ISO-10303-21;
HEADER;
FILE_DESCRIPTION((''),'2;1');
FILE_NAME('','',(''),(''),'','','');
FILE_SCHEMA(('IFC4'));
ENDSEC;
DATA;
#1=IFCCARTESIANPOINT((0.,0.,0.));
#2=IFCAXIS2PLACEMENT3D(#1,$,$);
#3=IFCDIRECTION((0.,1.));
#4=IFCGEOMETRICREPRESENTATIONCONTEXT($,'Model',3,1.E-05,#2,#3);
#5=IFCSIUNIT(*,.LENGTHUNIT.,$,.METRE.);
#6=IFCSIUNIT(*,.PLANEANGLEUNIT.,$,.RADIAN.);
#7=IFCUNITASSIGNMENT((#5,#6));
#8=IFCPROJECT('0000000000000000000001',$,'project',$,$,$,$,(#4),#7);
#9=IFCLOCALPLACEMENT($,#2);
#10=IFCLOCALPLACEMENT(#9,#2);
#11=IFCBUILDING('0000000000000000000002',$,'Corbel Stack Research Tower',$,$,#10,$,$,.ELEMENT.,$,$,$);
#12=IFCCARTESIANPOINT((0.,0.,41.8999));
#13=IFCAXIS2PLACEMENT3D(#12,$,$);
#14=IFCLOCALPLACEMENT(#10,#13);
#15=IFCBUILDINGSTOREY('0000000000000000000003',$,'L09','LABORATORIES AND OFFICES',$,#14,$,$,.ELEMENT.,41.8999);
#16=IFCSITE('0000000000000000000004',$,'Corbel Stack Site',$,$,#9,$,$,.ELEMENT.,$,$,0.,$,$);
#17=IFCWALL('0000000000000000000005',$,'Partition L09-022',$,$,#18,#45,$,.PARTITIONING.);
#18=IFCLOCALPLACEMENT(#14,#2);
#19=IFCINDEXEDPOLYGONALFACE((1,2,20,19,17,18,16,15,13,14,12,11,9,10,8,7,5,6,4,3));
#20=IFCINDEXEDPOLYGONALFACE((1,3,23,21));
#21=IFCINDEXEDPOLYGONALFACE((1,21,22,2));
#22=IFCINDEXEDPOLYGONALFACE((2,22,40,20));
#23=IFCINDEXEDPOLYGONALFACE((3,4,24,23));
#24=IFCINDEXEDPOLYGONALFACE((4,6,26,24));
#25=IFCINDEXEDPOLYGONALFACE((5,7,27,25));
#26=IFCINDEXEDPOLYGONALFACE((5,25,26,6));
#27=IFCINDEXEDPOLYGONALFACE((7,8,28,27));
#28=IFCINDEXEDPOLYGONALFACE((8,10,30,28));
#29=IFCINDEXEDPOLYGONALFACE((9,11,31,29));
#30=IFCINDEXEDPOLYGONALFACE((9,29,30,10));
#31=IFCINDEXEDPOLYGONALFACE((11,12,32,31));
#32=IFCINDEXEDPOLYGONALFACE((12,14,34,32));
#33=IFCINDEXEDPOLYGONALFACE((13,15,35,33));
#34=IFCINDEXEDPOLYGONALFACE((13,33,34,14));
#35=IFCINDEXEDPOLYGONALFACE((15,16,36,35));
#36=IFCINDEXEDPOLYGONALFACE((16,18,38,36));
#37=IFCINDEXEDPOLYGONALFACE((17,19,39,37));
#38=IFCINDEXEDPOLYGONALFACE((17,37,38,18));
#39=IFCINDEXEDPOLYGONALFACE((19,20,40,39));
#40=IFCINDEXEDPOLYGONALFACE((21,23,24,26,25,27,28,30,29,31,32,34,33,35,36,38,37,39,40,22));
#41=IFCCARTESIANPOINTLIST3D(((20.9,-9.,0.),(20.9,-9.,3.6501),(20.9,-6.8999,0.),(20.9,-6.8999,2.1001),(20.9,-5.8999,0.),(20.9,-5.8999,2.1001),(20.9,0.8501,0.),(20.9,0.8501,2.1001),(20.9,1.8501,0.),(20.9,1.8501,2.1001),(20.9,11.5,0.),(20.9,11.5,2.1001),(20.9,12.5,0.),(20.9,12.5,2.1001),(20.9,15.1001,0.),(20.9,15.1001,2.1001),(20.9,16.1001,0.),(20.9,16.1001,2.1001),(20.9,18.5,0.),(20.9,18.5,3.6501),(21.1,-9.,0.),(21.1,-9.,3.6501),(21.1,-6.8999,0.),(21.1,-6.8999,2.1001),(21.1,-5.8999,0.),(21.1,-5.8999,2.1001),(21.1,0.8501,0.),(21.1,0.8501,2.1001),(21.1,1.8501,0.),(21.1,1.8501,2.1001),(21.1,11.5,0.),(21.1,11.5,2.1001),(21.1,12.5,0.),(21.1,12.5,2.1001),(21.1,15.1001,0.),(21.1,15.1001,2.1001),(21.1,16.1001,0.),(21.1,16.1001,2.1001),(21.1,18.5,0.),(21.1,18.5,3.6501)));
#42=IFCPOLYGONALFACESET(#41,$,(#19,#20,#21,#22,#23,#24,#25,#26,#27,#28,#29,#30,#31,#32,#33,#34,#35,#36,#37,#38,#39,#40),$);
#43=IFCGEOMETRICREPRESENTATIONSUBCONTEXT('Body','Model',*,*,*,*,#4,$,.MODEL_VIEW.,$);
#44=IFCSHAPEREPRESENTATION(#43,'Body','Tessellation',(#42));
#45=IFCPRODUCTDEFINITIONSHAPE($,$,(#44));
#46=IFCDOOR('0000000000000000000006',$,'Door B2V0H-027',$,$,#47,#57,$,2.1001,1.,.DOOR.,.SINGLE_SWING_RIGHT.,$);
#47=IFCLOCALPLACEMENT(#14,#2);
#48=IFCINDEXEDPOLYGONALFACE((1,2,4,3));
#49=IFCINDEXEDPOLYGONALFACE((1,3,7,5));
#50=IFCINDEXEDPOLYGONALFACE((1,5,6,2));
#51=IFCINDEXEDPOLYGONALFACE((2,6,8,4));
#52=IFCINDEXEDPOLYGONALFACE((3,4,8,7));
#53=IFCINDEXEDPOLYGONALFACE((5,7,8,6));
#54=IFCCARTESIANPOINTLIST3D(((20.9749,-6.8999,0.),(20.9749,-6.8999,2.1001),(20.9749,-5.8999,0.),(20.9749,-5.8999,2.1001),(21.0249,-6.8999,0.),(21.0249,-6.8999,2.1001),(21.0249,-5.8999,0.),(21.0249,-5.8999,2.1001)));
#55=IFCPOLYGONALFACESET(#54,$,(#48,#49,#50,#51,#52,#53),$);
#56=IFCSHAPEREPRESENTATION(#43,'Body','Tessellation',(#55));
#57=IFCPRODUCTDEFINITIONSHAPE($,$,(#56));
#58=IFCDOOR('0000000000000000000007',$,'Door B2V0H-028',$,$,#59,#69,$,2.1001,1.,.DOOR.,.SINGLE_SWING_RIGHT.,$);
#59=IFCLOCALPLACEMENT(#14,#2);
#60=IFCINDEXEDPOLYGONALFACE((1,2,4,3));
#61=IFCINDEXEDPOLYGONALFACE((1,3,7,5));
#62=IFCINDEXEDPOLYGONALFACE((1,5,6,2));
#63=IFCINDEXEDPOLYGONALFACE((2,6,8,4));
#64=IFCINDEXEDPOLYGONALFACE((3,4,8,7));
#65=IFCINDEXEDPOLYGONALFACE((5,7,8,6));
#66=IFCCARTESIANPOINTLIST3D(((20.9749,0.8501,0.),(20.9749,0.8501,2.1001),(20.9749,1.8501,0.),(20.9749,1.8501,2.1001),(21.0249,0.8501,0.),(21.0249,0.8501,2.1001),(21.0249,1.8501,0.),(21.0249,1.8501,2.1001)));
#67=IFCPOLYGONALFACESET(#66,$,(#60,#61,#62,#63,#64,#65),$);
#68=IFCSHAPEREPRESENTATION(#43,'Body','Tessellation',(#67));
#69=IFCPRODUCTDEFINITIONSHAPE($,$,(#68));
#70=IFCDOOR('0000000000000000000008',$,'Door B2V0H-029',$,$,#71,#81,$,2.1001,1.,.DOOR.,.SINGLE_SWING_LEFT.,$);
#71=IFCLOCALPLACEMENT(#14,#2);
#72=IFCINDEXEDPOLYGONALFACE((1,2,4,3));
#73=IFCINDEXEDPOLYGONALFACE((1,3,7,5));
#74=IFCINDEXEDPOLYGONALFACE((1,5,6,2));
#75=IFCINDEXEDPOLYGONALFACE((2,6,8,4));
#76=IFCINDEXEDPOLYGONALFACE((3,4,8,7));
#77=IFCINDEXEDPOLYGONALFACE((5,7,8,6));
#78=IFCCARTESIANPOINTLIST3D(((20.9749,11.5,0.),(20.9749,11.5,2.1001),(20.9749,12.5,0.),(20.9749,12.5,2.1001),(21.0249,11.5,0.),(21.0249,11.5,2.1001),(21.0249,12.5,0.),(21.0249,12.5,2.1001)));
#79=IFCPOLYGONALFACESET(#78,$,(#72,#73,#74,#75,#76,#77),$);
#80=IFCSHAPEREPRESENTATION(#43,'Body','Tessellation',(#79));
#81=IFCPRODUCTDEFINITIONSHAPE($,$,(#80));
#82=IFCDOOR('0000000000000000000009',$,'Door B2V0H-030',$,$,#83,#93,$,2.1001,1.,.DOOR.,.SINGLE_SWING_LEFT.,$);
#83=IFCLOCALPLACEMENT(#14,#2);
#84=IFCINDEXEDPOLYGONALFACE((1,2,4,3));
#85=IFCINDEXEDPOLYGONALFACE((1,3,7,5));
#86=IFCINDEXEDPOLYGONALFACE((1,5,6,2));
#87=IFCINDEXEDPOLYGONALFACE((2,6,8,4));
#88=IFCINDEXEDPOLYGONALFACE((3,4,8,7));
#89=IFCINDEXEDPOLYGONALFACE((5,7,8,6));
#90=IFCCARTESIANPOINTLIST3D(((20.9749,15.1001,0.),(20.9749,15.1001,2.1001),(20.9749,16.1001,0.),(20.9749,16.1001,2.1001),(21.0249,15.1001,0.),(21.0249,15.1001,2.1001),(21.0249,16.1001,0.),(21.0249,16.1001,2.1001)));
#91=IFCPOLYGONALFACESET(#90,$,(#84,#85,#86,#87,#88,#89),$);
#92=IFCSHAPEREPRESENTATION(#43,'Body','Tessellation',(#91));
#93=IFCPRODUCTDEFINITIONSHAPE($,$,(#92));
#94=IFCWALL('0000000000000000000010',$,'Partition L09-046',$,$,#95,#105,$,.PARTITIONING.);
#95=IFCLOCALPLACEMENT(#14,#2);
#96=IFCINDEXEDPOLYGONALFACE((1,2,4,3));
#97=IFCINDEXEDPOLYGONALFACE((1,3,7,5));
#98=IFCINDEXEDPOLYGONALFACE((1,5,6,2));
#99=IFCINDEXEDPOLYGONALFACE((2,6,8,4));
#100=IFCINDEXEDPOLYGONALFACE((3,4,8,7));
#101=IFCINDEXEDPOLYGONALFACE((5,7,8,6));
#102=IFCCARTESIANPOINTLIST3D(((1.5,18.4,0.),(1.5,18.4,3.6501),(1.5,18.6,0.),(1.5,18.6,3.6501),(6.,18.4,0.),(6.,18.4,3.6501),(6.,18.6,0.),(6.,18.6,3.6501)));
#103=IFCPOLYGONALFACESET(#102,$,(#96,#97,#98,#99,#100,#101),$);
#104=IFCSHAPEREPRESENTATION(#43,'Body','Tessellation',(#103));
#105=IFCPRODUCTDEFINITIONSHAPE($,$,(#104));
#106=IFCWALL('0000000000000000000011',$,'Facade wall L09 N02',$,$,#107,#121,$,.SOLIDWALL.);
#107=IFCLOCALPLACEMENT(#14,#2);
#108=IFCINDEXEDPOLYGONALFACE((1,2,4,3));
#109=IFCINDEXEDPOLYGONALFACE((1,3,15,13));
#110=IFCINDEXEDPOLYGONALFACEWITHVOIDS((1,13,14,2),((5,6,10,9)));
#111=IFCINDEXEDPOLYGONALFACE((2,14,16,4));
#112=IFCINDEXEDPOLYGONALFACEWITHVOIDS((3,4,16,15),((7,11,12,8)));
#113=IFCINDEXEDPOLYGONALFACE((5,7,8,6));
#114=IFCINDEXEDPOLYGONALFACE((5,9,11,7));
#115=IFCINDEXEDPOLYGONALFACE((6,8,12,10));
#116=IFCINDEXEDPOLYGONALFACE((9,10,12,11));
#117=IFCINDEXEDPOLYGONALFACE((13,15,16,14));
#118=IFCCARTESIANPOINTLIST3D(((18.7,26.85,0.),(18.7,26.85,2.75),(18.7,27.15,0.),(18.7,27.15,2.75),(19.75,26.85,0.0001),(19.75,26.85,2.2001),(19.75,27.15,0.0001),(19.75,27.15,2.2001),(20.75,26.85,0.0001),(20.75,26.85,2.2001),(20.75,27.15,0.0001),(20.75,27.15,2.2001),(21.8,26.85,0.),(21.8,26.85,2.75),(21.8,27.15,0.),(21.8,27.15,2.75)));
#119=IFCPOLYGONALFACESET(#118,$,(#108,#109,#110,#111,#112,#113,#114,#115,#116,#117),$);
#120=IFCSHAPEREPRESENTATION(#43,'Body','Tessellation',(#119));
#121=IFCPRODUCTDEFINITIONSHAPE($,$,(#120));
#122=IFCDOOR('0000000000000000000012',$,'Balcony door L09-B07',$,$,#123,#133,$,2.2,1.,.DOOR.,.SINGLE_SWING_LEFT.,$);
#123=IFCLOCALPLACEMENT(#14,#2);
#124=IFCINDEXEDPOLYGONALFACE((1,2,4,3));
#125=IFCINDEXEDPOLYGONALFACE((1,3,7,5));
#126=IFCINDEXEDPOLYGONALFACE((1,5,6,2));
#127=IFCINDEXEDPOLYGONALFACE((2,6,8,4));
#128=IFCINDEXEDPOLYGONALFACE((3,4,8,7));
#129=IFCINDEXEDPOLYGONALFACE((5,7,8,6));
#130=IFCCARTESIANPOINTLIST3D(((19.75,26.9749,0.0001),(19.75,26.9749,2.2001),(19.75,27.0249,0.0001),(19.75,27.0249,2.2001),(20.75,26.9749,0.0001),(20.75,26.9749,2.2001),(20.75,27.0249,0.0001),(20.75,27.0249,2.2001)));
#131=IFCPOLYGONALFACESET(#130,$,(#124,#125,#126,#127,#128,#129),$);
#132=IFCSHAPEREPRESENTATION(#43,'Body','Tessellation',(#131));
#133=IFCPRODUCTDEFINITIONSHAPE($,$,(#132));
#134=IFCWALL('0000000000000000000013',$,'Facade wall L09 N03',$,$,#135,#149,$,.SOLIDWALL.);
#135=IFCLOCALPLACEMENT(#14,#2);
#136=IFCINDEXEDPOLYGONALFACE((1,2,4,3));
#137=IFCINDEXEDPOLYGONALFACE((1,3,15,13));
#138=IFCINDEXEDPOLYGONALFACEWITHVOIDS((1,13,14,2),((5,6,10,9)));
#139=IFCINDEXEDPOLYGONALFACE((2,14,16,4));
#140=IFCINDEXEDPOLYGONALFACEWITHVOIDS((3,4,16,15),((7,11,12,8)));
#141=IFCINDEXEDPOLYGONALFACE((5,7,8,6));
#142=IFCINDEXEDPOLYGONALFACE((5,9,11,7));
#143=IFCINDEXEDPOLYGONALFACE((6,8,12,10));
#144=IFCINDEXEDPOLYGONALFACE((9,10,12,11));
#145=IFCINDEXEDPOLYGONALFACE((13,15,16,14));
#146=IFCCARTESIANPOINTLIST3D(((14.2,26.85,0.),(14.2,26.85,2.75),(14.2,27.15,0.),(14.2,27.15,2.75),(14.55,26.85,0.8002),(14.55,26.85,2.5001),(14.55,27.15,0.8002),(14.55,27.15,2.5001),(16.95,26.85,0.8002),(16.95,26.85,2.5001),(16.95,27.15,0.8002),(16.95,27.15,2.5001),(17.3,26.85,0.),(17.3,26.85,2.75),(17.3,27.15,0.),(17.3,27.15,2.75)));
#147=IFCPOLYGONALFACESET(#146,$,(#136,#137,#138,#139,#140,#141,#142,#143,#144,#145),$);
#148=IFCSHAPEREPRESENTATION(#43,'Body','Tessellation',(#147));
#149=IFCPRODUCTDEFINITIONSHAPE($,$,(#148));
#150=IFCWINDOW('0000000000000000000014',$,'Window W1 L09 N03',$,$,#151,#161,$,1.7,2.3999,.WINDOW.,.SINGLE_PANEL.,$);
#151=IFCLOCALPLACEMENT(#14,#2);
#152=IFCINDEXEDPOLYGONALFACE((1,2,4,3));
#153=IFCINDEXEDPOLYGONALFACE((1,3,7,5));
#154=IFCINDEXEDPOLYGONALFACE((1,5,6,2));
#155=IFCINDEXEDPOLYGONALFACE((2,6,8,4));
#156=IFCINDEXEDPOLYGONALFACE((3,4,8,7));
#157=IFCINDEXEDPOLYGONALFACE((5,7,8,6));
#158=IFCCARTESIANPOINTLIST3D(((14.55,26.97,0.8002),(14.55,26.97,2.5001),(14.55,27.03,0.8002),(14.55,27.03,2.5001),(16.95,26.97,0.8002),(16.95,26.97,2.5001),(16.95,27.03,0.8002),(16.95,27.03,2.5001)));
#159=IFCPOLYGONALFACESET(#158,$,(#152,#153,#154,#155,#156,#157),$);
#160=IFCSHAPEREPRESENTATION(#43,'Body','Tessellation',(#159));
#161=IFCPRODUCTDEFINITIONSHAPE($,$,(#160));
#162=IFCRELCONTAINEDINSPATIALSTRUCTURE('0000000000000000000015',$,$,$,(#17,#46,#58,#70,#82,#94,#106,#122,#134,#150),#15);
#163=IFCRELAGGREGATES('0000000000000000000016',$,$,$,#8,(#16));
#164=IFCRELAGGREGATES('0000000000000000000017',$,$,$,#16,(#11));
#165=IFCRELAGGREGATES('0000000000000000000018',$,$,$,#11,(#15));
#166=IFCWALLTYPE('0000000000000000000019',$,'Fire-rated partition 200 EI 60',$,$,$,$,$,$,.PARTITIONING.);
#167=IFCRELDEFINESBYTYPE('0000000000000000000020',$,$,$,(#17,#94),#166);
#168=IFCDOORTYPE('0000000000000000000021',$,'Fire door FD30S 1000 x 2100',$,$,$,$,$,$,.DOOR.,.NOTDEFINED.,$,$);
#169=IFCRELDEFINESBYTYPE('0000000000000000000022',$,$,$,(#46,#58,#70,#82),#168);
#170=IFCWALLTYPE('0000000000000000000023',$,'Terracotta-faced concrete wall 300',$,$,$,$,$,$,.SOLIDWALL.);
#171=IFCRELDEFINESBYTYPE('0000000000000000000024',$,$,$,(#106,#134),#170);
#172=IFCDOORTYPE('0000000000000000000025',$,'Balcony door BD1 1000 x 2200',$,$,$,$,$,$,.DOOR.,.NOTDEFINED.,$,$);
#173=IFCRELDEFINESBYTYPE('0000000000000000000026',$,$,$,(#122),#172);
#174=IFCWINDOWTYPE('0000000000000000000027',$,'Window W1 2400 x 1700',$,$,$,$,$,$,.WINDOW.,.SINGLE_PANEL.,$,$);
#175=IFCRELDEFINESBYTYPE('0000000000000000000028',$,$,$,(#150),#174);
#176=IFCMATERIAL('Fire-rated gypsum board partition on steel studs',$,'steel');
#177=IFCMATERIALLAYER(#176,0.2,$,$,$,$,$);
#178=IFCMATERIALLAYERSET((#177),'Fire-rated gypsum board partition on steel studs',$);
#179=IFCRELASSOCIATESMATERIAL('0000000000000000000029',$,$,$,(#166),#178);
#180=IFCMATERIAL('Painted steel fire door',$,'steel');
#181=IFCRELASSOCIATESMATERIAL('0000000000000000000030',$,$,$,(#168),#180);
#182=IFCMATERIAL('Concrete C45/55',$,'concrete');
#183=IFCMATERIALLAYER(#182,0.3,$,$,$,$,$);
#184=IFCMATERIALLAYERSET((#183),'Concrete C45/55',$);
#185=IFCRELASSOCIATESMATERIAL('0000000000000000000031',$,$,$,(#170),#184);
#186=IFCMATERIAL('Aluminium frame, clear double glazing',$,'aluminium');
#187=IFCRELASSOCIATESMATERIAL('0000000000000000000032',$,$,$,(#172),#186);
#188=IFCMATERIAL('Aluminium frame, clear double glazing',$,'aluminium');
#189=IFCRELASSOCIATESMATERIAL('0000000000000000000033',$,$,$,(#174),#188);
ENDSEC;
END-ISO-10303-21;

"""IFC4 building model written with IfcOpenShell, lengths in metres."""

from ifc_helpers import new_model, si_unit, direction, frame, frame_2d, origin, place, context, subcontext, project, spatial, rectangle, extrude, material, layer, layer_set, type_object, element, fill, save


model = new_model("IFC4")

# Units and contexts
model_context = context("Model", 3, precision=1e-05, world=origin(), true_north=direction((0.0, 1.0)))
body_context = subcontext(model_context, "Body", "Model", "MODEL_VIEW")
ifc_project = project(units=[si_unit("LENGTHUNIT", "METRE"), si_unit("PLANEANGLEUNIT", "RADIAN")], contexts=[model_context])

# Site, building, storey
site_placement = place(None, origin())
site = spatial("IfcSite", under=ifc_project, at=site_placement, Name="Corbel Stack Site", CompositionType="ELEMENT", RefElevation=0.0)
building_placement = place(site_placement, origin())
building = spatial("IfcBuilding", under=site, at=building_placement, Name="Corbel Stack Research Tower", CompositionType="ELEMENT")
storey_placement = place(building_placement, frame((0.0, 0.0, 41.8999)))
storey = spatial("IfcBuildingStorey", under=building, at=storey_placement, Name="L09", Description="LABORATORIES AND OFFICES", CompositionType="ELEMENT", Elevation=41.8999)

# Shared definitions
ifc_material_1 = material(Name="Fire-rated gypsum board partition on steel studs", Category="steel")
ifc_layer_1 = layer(ifc_material_1, 0.2)
ifc_layer_set_1 = layer_set([ifc_layer_1], Name="Fire-rated gypsum board partition on steel studs")
wall_type_1 = type_object("IfcWallType", Name="Fire-rated partition 200 EI 60", PredefinedType="PARTITIONING", material=ifc_layer_set_1)

# Wall, openings, doors
wall_1_placement = place(storey_placement, frame((21.0, 18.5, 0.0), z_axis=(0.0, 0.0, 1.0), x_axis=(0.0, -1.0, 0.0)))
wall_1 = element("IfcWall", 1, at=wall_1_placement, inside=storey, type_object=wall_type_1, Name="Partition L09-022", PredefinedType="PARTITIONING", context=body_context, shape_type="SweptSolid", body=[
    extrude(rectangle(XDim=27.5, YDim=0.2, at=frame_2d((13.75, 0.0))), origin(), (0.0, 0.0, 1.0), 3.6501),
])
opening_1_placement = place(wall_1_placement, frame((24.3999, 0.0, 0.0)))
opening_1 = element("IfcOpeningElement", 2, at=opening_1_placement, cuts=wall_1, PredefinedType="OPENING", context=body_context, shape_type="SweptSolid", body=[
    extrude(rectangle(XDim=1.0, YDim=2.1001, at=frame_2d((0.5, 1.05))), frame((0.0, 0.1099, 0.0), z_axis=(0.0, -1.0, 0.0), x_axis=(1.0, 0.0, 0.0)), (0.0, 0.0, 1.0), 0.22),
])
opening_2_placement = place(wall_1_placement, frame((16.6499, 0.0, 0.0)))
opening_2 = element("IfcOpeningElement", 3, at=opening_2_placement, cuts=wall_1, PredefinedType="OPENING", context=body_context, shape_type="SweptSolid", body=[
    extrude(rectangle(XDim=1.0, YDim=2.1001, at=frame_2d((0.5, 1.05))), frame((0.0, 0.1099, 0.0), z_axis=(0.0, -1.0, 0.0), x_axis=(1.0, 0.0, 0.0)), (0.0, 0.0, 1.0), 0.22),
])
opening_3_placement = place(wall_1_placement, frame((6.0, 0.0, 0.0)))
opening_3 = element("IfcOpeningElement", 4, at=opening_3_placement, cuts=wall_1, PredefinedType="OPENING", context=body_context, shape_type="SweptSolid", body=[
    extrude(rectangle(XDim=1.0, YDim=2.1001, at=frame_2d((0.5, 1.05))), frame((0.0, 0.1099, 0.0), z_axis=(0.0, -1.0, 0.0), x_axis=(1.0, 0.0, 0.0)), (0.0, 0.0, 1.0), 0.22),
])
opening_4_placement = place(wall_1_placement, frame((2.3999, 0.0, 0.0)))
opening_4 = element("IfcOpeningElement", 5, at=opening_4_placement, cuts=wall_1, PredefinedType="OPENING", context=body_context, shape_type="SweptSolid", body=[
    extrude(rectangle(XDim=1.0, YDim=2.1001, at=frame_2d((0.5, 1.05))), frame((0.0, 0.1099, 0.0), z_axis=(0.0, -1.0, 0.0), x_axis=(1.0, 0.0, 0.0)), (0.0, 0.0, 1.0), 0.22),
])
ifc_material_2 = material(Name="Painted steel fire door", Category="steel")
door_type_1 = type_object("IfcDoorType", Name="Fire door FD30S 1000 x 2100", OperationType="NOTDEFINED", PredefinedType="DOOR", material=ifc_material_2)
door_1_placement = place(opening_1_placement, origin())
door_1 = element("IfcDoor", 6, at=door_1_placement, inside=storey, type_object=door_type_1, Name="Door B2V0H-027", OperationType="SINGLE_SWING_RIGHT", OverallHeight=2.1001, OverallWidth=1.0, PredefinedType="DOOR", context=body_context, shape_type="SweptSolid", body=[
    extrude(rectangle(XDim=1.0, YDim=2.1001, at=frame_2d((0.5, 1.05))), frame((0.0, 0.0249, 0.0), z_axis=(0.0, -1.0, 0.0), x_axis=(1.0, 0.0, 0.0)), (0.0, 0.0, 1.0), 0.05),
])
fill(opening_1, door_1)
door_2_placement = place(opening_2_placement, origin())
door_2 = element("IfcDoor", 7, at=door_2_placement, inside=storey, type_object=door_type_1, Name="Door B2V0H-028", OperationType="SINGLE_SWING_RIGHT", OverallHeight=2.1001, OverallWidth=1.0, PredefinedType="DOOR", context=body_context, shape_type="SweptSolid", body=[
    extrude(rectangle(XDim=1.0, YDim=2.1001, at=frame_2d((0.5, 1.05))), frame((0.0, 0.0249, 0.0), z_axis=(0.0, -1.0, 0.0), x_axis=(1.0, 0.0, 0.0)), (0.0, 0.0, 1.0), 0.05),
])
fill(opening_2, door_2)
door_3_placement = place(opening_3_placement, origin())
door_3 = element("IfcDoor", 8, at=door_3_placement, inside=storey, type_object=door_type_1, Name="Door B2V0H-029", OperationType="SINGLE_SWING_LEFT", OverallHeight=2.1001, OverallWidth=1.0, PredefinedType="DOOR", context=body_context, shape_type="SweptSolid", body=[
    extrude(rectangle(XDim=1.0, YDim=2.1001, at=frame_2d((0.5, 1.05))), frame((0.0, 0.0249, 0.0), z_axis=(0.0, -1.0, 0.0), x_axis=(1.0, 0.0, 0.0)), (0.0, 0.0, 1.0), 0.05),
])
fill(opening_3, door_3)
door_4_placement = place(opening_4_placement, origin())
door_4 = element("IfcDoor", 9, at=door_4_placement, inside=storey, type_object=door_type_1, Name="Door B2V0H-030", OperationType="SINGLE_SWING_LEFT", OverallHeight=2.1001, OverallWidth=1.0, PredefinedType="DOOR", context=body_context, shape_type="SweptSolid", body=[
    extrude(rectangle(XDim=1.0, YDim=2.1001, at=frame_2d((0.5, 1.05))), frame((0.0, 0.0249, 0.0), z_axis=(0.0, -1.0, 0.0), x_axis=(1.0, 0.0, 0.0)), (0.0, 0.0, 1.0), 0.05),
])
fill(opening_4, door_4)

# Wall
wall_2_placement = place(storey_placement, frame((1.5, 18.5, 0.0), z_axis=(0.0, 0.0, 1.0), x_axis=(1.0, 0.0, 0.0)))
element("IfcWall", 10, at=wall_2_placement, inside=storey, type_object=wall_type_1, Name="Partition L09-046", PredefinedType="PARTITIONING", context=body_context, shape_type="SweptSolid", body=[
    extrude(rectangle(XDim=4.5, YDim=0.2, at=frame_2d((2.25, 0.0))), origin(), (0.0, 0.0, 1.0), 3.6501),
])

# Wall, opening, door
ifc_material_3 = material(Name="Concrete C45/55", Category="concrete")
ifc_layer_2 = layer(ifc_material_3, 0.3)
ifc_layer_set_2 = layer_set([ifc_layer_2], Name="Concrete C45/55")
wall_type_2 = type_object("IfcWallType", Name="Terracotta-faced concrete wall 300", PredefinedType="SOLIDWALL", material=ifc_layer_set_2)
wall_3_placement = place(storey_placement, frame((18.7, 27.0, 0.0), z_axis=(0.0, 0.0, 1.0), x_axis=(1.0, 0.0, 0.0)))
wall_3 = element("IfcWall", 11, at=wall_3_placement, inside=storey, type_object=wall_type_2, Name="Facade wall L09 N02", PredefinedType="SOLIDWALL", context=body_context, shape_type="SweptSolid", body=[
    extrude(rectangle(XDim=3.1001, YDim=0.3, at=frame_2d((1.55, 0.0))), origin(), (0.0, 0.0, 1.0), 2.75),
])
opening_5_placement = place(wall_3_placement, frame((1.05, 0.0, 0.0)))
opening_5 = element("IfcOpeningElement", 12, at=opening_5_placement, cuts=wall_3, PredefinedType="OPENING", context=body_context, shape_type="SweptSolid", body=[
    extrude(rectangle(XDim=1.0, YDim=2.2, at=frame_2d((0.5, 1.1001))), frame((0.0, 0.1599, 0.0), z_axis=(0.0, -1.0, 0.0), x_axis=(1.0, 0.0, 0.0)), (0.0, 0.0, 1.0), 0.3201),
])
ifc_material_4 = material(Name="Aluminium frame, clear double glazing", Category="aluminium")
door_type_2 = type_object("IfcDoorType", Name="Balcony door BD1 1000 x 2200", OperationType="NOTDEFINED", PredefinedType="DOOR", material=ifc_material_4)
door_5_placement = place(opening_5_placement, origin())
door_5 = element("IfcDoor", 13, at=door_5_placement, inside=storey, type_object=door_type_2, Name="Balcony door L09-B07", OperationType="SINGLE_SWING_LEFT", OverallHeight=2.2, OverallWidth=1.0, PredefinedType="DOOR", context=body_context, shape_type="SweptSolid", body=[
    extrude(rectangle(XDim=1.0, YDim=2.2, at=frame_2d((0.5, 1.1001))), frame((0.0, 0.0249, 0.0), z_axis=(0.0, -1.0, 0.0), x_axis=(1.0, 0.0, 0.0)), (0.0, 0.0, 1.0), 0.05),
])
fill(opening_5, door_5)

# Wall, opening, window
wall_4_placement = place(storey_placement, frame((14.2, 27.0, 0.0), z_axis=(0.0, 0.0, 1.0), x_axis=(1.0, 0.0, 0.0)))
wall_4 = element("IfcWall", 14, at=wall_4_placement, inside=storey, type_object=wall_type_2, Name="Facade wall L09 N03", PredefinedType="SOLIDWALL", context=body_context, shape_type="SweptSolid", body=[
    extrude(rectangle(XDim=3.1001, YDim=0.3, at=frame_2d((1.55, 0.0))), origin(), (0.0, 0.0, 1.0), 2.75),
])
opening_6_placement = place(wall_4_placement, frame((0.3501, 0.0, 0.8)))
opening_6 = element("IfcOpeningElement", 15, at=opening_6_placement, cuts=wall_4, PredefinedType="OPENING", context=body_context, shape_type="SweptSolid", body=[
    extrude(rectangle(XDim=2.3999, YDim=1.7, at=frame_2d((1.2, 0.8501))), frame((0.0, 0.1599, 0.0), z_axis=(0.0, -1.0, 0.0), x_axis=(1.0, 0.0, 0.0)), (0.0, 0.0, 1.0), 0.3201),
])
ifc_material_5 = material(Name="Aluminium frame, clear double glazing", Category="aluminium")
window_type = type_object("IfcWindowType", Name="Window W1 2400 x 1700", PartitioningType="SINGLE_PANEL", PredefinedType="WINDOW", material=ifc_material_5)
window_1_placement = place(opening_6_placement, origin())
window_1 = element("IfcWindow", 16, at=window_1_placement, inside=storey, type_object=window_type, Name="Window W1 L09 N03", OverallHeight=1.7, OverallWidth=2.3999, PartitioningType="SINGLE_PANEL", PredefinedType="WINDOW", context=body_context, shape_type="SweptSolid", body=[
    extrude(rectangle(XDim=2.3999, YDim=1.7, at=frame_2d((1.2, 0.8501))), frame((0.0, 0.03, 0.0), z_axis=(0.0, -1.0, 0.0), x_axis=(1.0, 0.0, 0.0)), (0.0, 0.0, 1.0), 0.0601),
])
fill(opening_6, window_1)

save(model, "model.ifc")
